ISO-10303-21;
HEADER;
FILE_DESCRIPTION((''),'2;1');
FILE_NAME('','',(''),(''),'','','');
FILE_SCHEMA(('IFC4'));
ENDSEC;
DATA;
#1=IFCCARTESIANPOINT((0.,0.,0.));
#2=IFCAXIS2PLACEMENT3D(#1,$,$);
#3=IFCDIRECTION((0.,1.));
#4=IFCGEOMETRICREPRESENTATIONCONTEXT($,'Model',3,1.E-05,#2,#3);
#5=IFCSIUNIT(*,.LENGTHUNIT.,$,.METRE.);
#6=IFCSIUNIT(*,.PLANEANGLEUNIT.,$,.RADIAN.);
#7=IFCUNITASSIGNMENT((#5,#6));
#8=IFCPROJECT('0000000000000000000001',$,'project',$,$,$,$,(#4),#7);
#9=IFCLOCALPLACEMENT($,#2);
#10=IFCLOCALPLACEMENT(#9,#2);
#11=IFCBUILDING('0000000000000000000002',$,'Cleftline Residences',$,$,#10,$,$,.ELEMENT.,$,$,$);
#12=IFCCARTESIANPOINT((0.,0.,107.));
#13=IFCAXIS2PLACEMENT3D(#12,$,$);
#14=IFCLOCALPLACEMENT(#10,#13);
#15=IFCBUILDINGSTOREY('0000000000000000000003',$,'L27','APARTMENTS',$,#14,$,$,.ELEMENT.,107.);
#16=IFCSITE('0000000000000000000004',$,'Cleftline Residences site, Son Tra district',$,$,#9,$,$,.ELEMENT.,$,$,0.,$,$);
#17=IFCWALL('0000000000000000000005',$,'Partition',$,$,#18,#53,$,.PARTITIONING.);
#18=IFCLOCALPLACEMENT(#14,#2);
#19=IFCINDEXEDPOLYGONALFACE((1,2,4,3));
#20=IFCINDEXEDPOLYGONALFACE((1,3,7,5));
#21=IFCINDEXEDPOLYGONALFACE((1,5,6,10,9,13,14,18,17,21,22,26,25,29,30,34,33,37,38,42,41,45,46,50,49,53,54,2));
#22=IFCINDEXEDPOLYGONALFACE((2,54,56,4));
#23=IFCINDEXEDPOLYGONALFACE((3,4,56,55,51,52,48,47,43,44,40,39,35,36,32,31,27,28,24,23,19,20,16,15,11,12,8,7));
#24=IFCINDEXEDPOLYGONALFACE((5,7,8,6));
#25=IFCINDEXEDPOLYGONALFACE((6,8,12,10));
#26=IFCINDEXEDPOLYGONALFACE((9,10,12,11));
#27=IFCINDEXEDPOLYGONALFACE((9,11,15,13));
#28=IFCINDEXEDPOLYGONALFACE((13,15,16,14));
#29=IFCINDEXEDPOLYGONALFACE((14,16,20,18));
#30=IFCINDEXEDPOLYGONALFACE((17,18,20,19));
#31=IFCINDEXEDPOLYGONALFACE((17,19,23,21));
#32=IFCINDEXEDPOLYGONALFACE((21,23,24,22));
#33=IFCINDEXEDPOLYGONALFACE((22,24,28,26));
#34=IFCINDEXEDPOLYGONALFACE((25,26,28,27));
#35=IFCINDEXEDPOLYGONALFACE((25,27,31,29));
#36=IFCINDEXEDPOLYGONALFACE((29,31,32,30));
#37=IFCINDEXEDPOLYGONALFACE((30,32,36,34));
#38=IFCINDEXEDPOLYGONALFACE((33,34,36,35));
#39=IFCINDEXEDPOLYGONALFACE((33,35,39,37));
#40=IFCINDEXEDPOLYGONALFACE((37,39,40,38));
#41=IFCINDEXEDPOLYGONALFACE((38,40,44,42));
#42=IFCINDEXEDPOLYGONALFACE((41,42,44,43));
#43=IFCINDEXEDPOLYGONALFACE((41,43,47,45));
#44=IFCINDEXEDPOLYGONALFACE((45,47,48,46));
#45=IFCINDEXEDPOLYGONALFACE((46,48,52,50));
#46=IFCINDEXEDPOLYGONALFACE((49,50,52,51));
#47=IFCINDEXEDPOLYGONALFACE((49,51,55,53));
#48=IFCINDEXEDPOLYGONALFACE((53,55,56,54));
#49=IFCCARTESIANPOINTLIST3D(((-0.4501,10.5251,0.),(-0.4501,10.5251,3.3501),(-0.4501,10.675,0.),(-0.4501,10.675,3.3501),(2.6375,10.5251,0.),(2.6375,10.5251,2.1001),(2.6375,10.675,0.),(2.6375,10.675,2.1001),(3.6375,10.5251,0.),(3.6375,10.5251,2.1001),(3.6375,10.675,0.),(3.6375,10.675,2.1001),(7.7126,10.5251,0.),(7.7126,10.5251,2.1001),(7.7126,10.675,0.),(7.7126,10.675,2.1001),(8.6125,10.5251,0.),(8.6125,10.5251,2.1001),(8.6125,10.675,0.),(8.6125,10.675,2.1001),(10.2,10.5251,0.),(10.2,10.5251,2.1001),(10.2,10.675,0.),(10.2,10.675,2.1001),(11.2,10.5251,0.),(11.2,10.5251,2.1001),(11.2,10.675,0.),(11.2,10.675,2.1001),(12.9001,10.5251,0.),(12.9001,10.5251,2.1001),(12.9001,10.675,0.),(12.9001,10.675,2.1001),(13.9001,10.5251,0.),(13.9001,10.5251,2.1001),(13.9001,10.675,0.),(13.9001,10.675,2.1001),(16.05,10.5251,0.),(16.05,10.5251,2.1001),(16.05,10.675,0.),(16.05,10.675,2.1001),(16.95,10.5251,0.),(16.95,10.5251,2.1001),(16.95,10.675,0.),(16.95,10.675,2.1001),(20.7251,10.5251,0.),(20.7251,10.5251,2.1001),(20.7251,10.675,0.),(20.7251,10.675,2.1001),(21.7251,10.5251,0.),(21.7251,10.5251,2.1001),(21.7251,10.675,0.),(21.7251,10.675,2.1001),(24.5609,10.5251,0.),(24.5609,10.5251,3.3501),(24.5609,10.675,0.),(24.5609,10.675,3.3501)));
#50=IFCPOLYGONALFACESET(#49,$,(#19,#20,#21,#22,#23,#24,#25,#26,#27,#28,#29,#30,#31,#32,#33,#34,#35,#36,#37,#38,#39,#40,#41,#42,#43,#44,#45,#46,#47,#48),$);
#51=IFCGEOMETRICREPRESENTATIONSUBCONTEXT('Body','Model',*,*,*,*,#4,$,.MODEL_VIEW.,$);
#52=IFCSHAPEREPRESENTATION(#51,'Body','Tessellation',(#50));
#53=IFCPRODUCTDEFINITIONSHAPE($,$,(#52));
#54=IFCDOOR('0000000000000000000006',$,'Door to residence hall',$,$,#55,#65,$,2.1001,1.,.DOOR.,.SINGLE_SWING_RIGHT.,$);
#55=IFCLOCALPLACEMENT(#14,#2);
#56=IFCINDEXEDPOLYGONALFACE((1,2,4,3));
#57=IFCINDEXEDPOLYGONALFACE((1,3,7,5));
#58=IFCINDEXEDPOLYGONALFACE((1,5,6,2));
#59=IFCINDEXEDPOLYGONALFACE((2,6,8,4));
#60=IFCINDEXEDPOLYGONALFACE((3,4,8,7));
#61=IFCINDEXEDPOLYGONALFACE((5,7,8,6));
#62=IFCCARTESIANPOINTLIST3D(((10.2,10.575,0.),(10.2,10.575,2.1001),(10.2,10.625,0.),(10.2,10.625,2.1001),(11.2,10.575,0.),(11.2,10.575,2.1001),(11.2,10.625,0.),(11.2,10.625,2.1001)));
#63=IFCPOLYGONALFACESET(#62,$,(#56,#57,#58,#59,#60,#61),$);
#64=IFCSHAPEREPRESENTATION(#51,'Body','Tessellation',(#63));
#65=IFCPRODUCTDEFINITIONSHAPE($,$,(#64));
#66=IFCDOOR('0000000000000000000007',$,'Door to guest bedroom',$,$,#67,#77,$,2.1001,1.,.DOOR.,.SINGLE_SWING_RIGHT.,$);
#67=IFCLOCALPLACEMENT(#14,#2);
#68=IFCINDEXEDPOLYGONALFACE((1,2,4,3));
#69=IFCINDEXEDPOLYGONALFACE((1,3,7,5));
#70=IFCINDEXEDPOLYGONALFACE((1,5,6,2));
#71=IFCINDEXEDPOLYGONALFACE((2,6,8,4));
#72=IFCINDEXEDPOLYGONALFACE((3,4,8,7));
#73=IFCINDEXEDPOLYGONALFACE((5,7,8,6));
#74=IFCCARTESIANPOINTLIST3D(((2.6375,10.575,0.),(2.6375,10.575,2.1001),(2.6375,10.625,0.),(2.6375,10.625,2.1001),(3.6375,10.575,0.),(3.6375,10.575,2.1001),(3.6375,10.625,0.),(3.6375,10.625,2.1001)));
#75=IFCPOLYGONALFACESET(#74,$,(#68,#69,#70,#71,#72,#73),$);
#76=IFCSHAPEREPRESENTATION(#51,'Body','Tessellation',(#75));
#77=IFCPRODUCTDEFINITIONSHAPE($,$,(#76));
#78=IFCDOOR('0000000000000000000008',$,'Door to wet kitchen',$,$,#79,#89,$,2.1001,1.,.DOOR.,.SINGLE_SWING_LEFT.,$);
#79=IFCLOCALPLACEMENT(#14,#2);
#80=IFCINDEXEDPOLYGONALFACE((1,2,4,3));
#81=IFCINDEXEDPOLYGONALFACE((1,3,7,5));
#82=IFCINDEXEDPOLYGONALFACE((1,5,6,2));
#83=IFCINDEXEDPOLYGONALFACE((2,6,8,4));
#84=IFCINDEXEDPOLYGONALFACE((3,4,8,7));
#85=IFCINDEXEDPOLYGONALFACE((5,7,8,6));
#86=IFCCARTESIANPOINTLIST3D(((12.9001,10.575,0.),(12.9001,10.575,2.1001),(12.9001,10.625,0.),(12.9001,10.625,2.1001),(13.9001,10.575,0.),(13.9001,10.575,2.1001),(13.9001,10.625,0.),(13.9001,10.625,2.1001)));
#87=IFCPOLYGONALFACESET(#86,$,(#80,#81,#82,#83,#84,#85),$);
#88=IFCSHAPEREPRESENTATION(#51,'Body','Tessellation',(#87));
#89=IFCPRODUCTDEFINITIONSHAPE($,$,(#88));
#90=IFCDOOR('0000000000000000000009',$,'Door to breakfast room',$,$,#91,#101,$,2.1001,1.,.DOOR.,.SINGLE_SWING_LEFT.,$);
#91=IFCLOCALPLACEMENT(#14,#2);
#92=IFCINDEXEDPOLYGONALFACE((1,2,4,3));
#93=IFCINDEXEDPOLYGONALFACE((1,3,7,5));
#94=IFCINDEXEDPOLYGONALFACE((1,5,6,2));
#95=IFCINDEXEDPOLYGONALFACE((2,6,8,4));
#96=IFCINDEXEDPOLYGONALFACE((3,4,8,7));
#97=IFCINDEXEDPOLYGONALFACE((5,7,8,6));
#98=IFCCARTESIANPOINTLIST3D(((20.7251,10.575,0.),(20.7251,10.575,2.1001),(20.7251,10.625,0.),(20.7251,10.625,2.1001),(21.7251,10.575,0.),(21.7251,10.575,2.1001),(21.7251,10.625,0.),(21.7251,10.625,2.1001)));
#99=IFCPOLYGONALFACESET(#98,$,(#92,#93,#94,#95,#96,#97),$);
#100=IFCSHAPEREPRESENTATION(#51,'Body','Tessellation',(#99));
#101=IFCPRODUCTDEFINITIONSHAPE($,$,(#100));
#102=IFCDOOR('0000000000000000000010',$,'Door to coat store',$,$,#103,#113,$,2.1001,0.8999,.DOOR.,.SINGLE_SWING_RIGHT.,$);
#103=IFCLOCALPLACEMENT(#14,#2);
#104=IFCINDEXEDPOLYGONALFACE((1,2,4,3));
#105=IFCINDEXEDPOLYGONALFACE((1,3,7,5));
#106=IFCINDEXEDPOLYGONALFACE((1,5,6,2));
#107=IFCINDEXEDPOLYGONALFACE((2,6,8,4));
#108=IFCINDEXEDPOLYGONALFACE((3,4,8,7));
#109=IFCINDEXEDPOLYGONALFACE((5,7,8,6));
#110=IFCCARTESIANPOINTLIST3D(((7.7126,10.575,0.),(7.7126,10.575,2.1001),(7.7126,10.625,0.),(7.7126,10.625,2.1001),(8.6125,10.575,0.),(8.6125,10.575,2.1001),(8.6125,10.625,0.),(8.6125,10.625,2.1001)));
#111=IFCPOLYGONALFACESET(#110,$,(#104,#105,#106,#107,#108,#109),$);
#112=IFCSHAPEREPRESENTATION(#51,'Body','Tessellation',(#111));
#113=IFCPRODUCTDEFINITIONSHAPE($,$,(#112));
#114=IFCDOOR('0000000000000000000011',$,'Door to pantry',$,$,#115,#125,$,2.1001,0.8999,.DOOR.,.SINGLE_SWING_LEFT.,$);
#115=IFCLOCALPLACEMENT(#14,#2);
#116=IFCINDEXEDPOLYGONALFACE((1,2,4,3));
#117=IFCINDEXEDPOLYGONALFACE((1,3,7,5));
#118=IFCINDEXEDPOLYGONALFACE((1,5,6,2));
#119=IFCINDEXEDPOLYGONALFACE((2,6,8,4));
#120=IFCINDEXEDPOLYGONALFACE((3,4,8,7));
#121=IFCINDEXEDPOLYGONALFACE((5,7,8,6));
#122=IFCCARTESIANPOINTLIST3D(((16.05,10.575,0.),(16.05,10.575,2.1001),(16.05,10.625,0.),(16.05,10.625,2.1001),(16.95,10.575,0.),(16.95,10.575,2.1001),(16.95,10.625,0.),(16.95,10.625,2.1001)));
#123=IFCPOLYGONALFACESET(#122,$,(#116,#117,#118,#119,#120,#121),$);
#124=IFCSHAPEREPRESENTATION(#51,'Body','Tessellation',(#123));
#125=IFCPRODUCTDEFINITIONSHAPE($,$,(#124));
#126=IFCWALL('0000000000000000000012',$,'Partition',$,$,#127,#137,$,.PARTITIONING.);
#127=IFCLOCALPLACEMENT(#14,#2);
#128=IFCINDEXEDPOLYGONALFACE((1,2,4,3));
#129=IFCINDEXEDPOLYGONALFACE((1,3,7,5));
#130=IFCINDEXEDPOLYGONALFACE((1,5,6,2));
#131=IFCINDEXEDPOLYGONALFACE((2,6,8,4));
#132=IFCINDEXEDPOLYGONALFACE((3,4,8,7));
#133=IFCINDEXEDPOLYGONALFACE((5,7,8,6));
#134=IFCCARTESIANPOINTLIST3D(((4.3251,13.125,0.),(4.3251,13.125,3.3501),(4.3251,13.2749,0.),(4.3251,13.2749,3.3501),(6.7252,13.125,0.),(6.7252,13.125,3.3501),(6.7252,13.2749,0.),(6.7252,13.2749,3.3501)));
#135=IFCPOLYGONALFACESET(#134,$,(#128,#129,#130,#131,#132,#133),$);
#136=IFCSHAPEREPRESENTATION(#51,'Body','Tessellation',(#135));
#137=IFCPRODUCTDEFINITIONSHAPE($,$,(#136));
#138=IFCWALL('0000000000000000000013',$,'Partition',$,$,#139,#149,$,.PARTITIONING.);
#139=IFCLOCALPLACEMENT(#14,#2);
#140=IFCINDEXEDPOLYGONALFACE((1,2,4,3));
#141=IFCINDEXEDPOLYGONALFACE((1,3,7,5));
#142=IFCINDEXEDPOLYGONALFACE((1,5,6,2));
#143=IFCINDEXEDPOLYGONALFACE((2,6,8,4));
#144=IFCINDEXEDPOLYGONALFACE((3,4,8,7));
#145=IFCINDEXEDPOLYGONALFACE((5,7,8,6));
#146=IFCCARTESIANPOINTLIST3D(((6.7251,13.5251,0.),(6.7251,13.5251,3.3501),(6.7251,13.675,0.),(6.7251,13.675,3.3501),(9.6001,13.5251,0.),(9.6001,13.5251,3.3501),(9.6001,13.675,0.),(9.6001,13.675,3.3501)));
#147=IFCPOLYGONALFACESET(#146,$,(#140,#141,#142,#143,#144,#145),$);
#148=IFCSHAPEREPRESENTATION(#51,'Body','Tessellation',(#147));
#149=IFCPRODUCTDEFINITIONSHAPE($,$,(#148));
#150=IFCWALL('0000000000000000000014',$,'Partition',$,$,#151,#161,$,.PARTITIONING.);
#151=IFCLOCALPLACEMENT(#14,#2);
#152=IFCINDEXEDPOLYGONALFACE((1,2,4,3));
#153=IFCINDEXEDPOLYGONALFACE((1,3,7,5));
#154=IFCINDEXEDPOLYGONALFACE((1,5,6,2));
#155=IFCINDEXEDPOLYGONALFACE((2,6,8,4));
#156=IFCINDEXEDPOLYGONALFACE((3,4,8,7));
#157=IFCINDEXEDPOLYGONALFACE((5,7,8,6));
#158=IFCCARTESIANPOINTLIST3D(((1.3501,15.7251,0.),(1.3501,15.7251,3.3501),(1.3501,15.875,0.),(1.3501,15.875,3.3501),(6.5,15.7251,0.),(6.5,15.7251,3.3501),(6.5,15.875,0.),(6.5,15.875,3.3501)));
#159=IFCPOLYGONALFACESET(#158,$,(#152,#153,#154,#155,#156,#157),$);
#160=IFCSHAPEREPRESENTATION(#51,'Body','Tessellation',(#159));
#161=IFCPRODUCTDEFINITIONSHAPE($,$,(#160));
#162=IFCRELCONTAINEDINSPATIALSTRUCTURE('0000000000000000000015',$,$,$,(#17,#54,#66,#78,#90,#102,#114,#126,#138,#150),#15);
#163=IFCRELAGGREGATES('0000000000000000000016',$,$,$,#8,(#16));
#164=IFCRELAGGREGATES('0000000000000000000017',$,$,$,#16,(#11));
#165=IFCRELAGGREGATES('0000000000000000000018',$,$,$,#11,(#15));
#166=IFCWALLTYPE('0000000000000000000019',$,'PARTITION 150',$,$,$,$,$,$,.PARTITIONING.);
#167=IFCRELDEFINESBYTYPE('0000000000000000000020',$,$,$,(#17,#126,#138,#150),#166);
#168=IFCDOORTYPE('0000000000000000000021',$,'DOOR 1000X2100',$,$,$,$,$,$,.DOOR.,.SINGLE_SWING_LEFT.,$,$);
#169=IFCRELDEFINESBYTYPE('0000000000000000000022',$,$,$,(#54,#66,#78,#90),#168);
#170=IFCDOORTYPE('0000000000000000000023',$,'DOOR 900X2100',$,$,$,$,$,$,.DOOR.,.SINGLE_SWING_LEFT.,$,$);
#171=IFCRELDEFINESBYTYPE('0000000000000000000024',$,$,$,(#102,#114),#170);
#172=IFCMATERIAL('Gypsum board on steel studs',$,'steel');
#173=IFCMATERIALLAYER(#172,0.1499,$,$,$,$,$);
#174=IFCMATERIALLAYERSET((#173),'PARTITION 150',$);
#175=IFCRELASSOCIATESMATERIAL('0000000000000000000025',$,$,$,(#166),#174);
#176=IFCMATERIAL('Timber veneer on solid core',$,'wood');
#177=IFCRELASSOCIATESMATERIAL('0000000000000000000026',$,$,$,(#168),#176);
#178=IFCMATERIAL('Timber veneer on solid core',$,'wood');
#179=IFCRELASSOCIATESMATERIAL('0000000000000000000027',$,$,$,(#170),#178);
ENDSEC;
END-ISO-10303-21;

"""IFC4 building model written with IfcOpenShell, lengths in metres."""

from ifc_helpers import new_model, si_unit, direction, frame, frame_2d, origin, place, context, subcontext, project, spatial, rectangle, extrude, material, layer, layer_set, type_object, element, fill, save


model = new_model("IFC4")

# Units and contexts
model_context = context("Model", 3, precision=1e-05, world=origin(), true_north=direction((0.0, 1.0)))
body_context = subcontext(model_context, "Body", "Model", "MODEL_VIEW")
ifc_project = project(units=[si_unit("LENGTHUNIT", "METRE"), si_unit("PLANEANGLEUNIT", "RADIAN")], contexts=[model_context])

# Site, building, storey
site_placement = place(None, origin())
site = spatial("IfcSite", under=ifc_project, at=site_placement, Name="Cleftline Residences site, Son Tra district", CompositionType="ELEMENT", RefElevation=0.0)
building_placement = place(site_placement, origin())
building = spatial("IfcBuilding", under=site, at=building_placement, Name="Cleftline Residences", CompositionType="ELEMENT")
storey_placement = place(building_placement, frame((0.0, 0.0, 107.0)))
storey = spatial("IfcBuildingStorey", under=building, at=storey_placement, Name="L27", Description="APARTMENTS", CompositionType="ELEMENT", Elevation=107.0)

# Wall, openings, doors
ifc_material_1 = material(Name="Gypsum board on steel studs", Category="steel")
ifc_layer = layer(ifc_material_1, 0.1499)
ifc_layer_set = layer_set([ifc_layer], Name="PARTITION 150")
wall_type = type_object("IfcWallType", Name="PARTITION 150", PredefinedType="PARTITIONING", material=ifc_layer_set)
wall_1_placement = place(storey_placement, frame((-0.45, 10.6001, 0.0), z_axis=(0.0, 0.0, 1.0), x_axis=(1.0, 0.0, 0.0)))
wall_1 = element("IfcWall", 1, at=wall_1_placement, inside=storey, type_object=wall_type, Name="Partition", PredefinedType="PARTITIONING", context=body_context, shape_type="SweptSolid", body=[
    extrude(rectangle(XDim=25.011, YDim=0.1499, at=frame_2d((12.5054, 0.0))), origin(), (0.0, 0.0, 1.0), 3.3501),
])
opening_1_placement = place(wall_1_placement, frame((10.6499, 0.0, 0.0)))
opening_1 = element("IfcOpeningElement", 2, at=opening_1_placement, cuts=wall_1, PredefinedType="OPENING", context=body_context, shape_type="SweptSolid", body=[
    extrude(rectangle(XDim=1.0, YDim=2.1001, at=frame_2d((0.5, 1.05))), frame((0.0, 0.085, 0.0), z_axis=(0.0, -1.0, 0.0), x_axis=(1.0, 0.0, 0.0)), (0.0, 0.0, 1.0), 0.1699),
])
opening_2_placement = place(wall_1_placement, frame((3.0874, 0.0, 0.0)))
opening_2 = element("IfcOpeningElement", 3, at=opening_2_placement, cuts=wall_1, PredefinedType="OPENING", context=body_context, shape_type="SweptSolid", body=[
    extrude(rectangle(XDim=1.0, YDim=2.1001, at=frame_2d((0.5, 1.05))), frame((0.0, 0.085, 0.0), z_axis=(0.0, -1.0, 0.0), x_axis=(1.0, 0.0, 0.0)), (0.0, 0.0, 1.0), 0.1699),
])
opening_3_placement = place(wall_1_placement, frame((8.1626, 0.0, 0.0)))
opening_3 = element("IfcOpeningElement", 4, at=opening_3_placement, cuts=wall_1, PredefinedType="OPENING", context=body_context, shape_type="SweptSolid", body=[
    extrude(rectangle(XDim=0.8999, YDim=2.1001, at=frame_2d((0.45, 1.05))), frame((0.0, 0.085, 0.0), z_axis=(0.0, -1.0, 0.0), x_axis=(1.0, 0.0, 0.0)), (0.0, 0.0, 1.0), 0.1699),
])
opening_4_placement = place(wall_1_placement, frame((13.3501, 0.0, 0.0)))
opening_4 = element("IfcOpeningElement", 5, at=opening_4_placement, cuts=wall_1, PredefinedType="OPENING", context=body_context, shape_type="SweptSolid", body=[
    extrude(rectangle(XDim=1.0, YDim=2.1001, at=frame_2d((0.5, 1.05))), frame((0.0, 0.085, 0.0), z_axis=(0.0, -1.0, 0.0), x_axis=(1.0, 0.0, 0.0)), (0.0, 0.0, 1.0), 0.1699),
])
opening_5_placement = place(wall_1_placement, frame((16.5, 0.0, 0.0)))
opening_5 = element("IfcOpeningElement", 6, at=opening_5_placement, cuts=wall_1, PredefinedType="OPENING", context=body_context, shape_type="SweptSolid", body=[
    extrude(rectangle(XDim=0.8999, YDim=2.1001, at=frame_2d((0.45, 1.05))), frame((0.0, 0.085, 0.0), z_axis=(0.0, -1.0, 0.0), x_axis=(1.0, 0.0, 0.0)), (0.0, 0.0, 1.0), 0.1699),
])
opening_6_placement = place(wall_1_placement, frame((21.175, 0.0, 0.0)))
opening_6 = element("IfcOpeningElement", 7, at=opening_6_placement, cuts=wall_1, PredefinedType="OPENING", context=body_context, shape_type="SweptSolid", body=[
    extrude(rectangle(XDim=1.0, YDim=2.1001, at=frame_2d((0.5, 1.05))), frame((0.0, 0.085, 0.0), z_axis=(0.0, -1.0, 0.0), x_axis=(1.0, 0.0, 0.0)), (0.0, 0.0, 1.0), 0.1699),
])
ifc_material_2 = material(Name="Timber veneer on solid core", Category="wood")
door_type_1 = type_object("IfcDoorType", Name="DOOR 1000X2100", OperationType="SINGLE_SWING_LEFT", PredefinedType="DOOR", material=ifc_material_2)
door_1_placement = place(opening_1_placement, origin())
door_1 = element("IfcDoor", 8, at=door_1_placement, inside=storey, type_object=door_type_1, Name="Door to residence hall", OperationType="SINGLE_SWING_RIGHT", OverallHeight=2.1001, OverallWidth=1.0, PredefinedType="DOOR", context=body_context, shape_type="SweptSolid", body=[
    extrude(rectangle(XDim=1.0, YDim=2.1001, at=frame_2d((0.5, 1.05))), frame((0.0, 0.0249, 0.0), z_axis=(0.0, -1.0, 0.0), x_axis=(1.0, 0.0, 0.0)), (0.0, 0.0, 1.0), 0.05),
])
fill(opening_1, door_1)
door_2_placement = place(opening_2_placement, origin())
door_2 = element("IfcDoor", 9, at=door_2_placement, inside=storey, type_object=door_type_1, Name="Door to guest bedroom", OperationType="SINGLE_SWING_RIGHT", OverallHeight=2.1001, OverallWidth=1.0, PredefinedType="DOOR", context=body_context, shape_type="SweptSolid", body=[
    extrude(rectangle(XDim=1.0, YDim=2.1001, at=frame_2d((0.5, 1.05))), frame((0.0, 0.0249, 0.0), z_axis=(0.0, -1.0, 0.0), x_axis=(1.0, 0.0, 0.0)), (0.0, 0.0, 1.0), 0.05),
])
fill(opening_2, door_2)
door_3_placement = place(opening_4_placement, origin())
door_3 = element("IfcDoor", 10, at=door_3_placement, inside=storey, type_object=door_type_1, Name="Door to wet kitchen", OperationType="SINGLE_SWING_LEFT", OverallHeight=2.1001, OverallWidth=1.0, PredefinedType="DOOR", context=body_context, shape_type="SweptSolid", body=[
    extrude(rectangle(XDim=1.0, YDim=2.1001, at=frame_2d((0.5, 1.05))), frame((0.0, 0.0249, 0.0), z_axis=(0.0, -1.0, 0.0), x_axis=(1.0, 0.0, 0.0)), (0.0, 0.0, 1.0), 0.05),
])
fill(opening_4, door_3)
door_4_placement = place(opening_6_placement, origin())
door_4 = element("IfcDoor", 11, at=door_4_placement, inside=storey, type_object=door_type_1, Name="Door to breakfast room", OperationType="SINGLE_SWING_LEFT", OverallHeight=2.1001, OverallWidth=1.0, PredefinedType="DOOR", context=body_context, shape_type="SweptSolid", body=[
    extrude(rectangle(XDim=1.0, YDim=2.1001, at=frame_2d((0.5, 1.05))), frame((0.0, 0.0249, 0.0), z_axis=(0.0, -1.0, 0.0), x_axis=(1.0, 0.0, 0.0)), (0.0, 0.0, 1.0), 0.05),
])
fill(opening_6, door_4)
ifc_material_3 = material(Name="Timber veneer on solid core", Category="wood")
door_type_2 = type_object("IfcDoorType", Name="DOOR 900X2100", OperationType="SINGLE_SWING_LEFT", PredefinedType="DOOR", material=ifc_material_3)
door_5_placement = place(opening_3_placement, origin())
door_5 = element("IfcDoor", 12, at=door_5_placement, inside=storey, type_object=door_type_2, Name="Door to coat store", OperationType="SINGLE_SWING_RIGHT", OverallHeight=2.1001, OverallWidth=0.8999, PredefinedType="DOOR", context=body_context, shape_type="SweptSolid", body=[
    extrude(rectangle(XDim=0.8999, YDim=2.1001, at=frame_2d((0.45, 1.05))), frame((0.0, 0.0249, 0.0), z_axis=(0.0, -1.0, 0.0), x_axis=(1.0, 0.0, 0.0)), (0.0, 0.0, 1.0), 0.05),
])
fill(opening_3, door_5)
door_6_placement = place(opening_5_placement, origin())
door_6 = element("IfcDoor", 13, at=door_6_placement, inside=storey, type_object=door_type_2, Name="Door to pantry", OperationType="SINGLE_SWING_LEFT", OverallHeight=2.1001, OverallWidth=0.8999, PredefinedType="DOOR", context=body_context, shape_type="SweptSolid", body=[
    extrude(rectangle(XDim=0.8999, YDim=2.1001, at=frame_2d((0.45, 1.05))), frame((0.0, 0.0249, 0.0), z_axis=(0.0, -1.0, 0.0), x_axis=(1.0, 0.0, 0.0)), (0.0, 0.0, 1.0), 0.05),
])
fill(opening_5, door_6)

# Walls
wall_2_placement = place(storey_placement, frame((4.325, 13.2, 0.0), z_axis=(0.0, 0.0, 1.0), x_axis=(1.0, 0.0, 0.0)))
element("IfcWall", 14, at=wall_2_placement, inside=storey, type_object=wall_type, Name="Partition", PredefinedType="PARTITIONING", context=body_context, shape_type="SweptSolid", body=[
    extrude(rectangle(XDim=2.4001, YDim=0.1499, at=frame_2d((1.2002, 0.0))), origin(), (0.0, 0.0, 1.0), 3.3501),
])
wall_3_placement = place(storey_placement, frame((6.7251, 13.6001, 0.0), z_axis=(0.0, 0.0, 1.0), x_axis=(1.0, 0.0, 0.0)))
element("IfcWall", 15, at=wall_3_placement, inside=storey, type_object=wall_type, Name="Partition", PredefinedType="PARTITIONING", context=body_context, shape_type="SweptSolid", body=[
    extrude(rectangle(XDim=2.875, YDim=0.1499, at=frame_2d((1.4375, 0.0))), origin(), (0.0, 0.0, 1.0), 3.3501),
])
wall_4_placement = place(storey_placement, frame((1.3501, 15.8, 0.0), z_axis=(0.0, 0.0, 1.0), x_axis=(1.0, 0.0, 0.0)))
element("IfcWall", 16, at=wall_4_placement, inside=storey, type_object=wall_type, Name="Partition", PredefinedType="PARTITIONING", context=body_context, shape_type="SweptSolid", body=[
    extrude(rectangle(XDim=5.1499, YDim=0.1499, at=frame_2d((2.575, 0.0))), origin(), (0.0, 0.0, 1.0), 3.3501),
])

save(model, "model.ifc")
